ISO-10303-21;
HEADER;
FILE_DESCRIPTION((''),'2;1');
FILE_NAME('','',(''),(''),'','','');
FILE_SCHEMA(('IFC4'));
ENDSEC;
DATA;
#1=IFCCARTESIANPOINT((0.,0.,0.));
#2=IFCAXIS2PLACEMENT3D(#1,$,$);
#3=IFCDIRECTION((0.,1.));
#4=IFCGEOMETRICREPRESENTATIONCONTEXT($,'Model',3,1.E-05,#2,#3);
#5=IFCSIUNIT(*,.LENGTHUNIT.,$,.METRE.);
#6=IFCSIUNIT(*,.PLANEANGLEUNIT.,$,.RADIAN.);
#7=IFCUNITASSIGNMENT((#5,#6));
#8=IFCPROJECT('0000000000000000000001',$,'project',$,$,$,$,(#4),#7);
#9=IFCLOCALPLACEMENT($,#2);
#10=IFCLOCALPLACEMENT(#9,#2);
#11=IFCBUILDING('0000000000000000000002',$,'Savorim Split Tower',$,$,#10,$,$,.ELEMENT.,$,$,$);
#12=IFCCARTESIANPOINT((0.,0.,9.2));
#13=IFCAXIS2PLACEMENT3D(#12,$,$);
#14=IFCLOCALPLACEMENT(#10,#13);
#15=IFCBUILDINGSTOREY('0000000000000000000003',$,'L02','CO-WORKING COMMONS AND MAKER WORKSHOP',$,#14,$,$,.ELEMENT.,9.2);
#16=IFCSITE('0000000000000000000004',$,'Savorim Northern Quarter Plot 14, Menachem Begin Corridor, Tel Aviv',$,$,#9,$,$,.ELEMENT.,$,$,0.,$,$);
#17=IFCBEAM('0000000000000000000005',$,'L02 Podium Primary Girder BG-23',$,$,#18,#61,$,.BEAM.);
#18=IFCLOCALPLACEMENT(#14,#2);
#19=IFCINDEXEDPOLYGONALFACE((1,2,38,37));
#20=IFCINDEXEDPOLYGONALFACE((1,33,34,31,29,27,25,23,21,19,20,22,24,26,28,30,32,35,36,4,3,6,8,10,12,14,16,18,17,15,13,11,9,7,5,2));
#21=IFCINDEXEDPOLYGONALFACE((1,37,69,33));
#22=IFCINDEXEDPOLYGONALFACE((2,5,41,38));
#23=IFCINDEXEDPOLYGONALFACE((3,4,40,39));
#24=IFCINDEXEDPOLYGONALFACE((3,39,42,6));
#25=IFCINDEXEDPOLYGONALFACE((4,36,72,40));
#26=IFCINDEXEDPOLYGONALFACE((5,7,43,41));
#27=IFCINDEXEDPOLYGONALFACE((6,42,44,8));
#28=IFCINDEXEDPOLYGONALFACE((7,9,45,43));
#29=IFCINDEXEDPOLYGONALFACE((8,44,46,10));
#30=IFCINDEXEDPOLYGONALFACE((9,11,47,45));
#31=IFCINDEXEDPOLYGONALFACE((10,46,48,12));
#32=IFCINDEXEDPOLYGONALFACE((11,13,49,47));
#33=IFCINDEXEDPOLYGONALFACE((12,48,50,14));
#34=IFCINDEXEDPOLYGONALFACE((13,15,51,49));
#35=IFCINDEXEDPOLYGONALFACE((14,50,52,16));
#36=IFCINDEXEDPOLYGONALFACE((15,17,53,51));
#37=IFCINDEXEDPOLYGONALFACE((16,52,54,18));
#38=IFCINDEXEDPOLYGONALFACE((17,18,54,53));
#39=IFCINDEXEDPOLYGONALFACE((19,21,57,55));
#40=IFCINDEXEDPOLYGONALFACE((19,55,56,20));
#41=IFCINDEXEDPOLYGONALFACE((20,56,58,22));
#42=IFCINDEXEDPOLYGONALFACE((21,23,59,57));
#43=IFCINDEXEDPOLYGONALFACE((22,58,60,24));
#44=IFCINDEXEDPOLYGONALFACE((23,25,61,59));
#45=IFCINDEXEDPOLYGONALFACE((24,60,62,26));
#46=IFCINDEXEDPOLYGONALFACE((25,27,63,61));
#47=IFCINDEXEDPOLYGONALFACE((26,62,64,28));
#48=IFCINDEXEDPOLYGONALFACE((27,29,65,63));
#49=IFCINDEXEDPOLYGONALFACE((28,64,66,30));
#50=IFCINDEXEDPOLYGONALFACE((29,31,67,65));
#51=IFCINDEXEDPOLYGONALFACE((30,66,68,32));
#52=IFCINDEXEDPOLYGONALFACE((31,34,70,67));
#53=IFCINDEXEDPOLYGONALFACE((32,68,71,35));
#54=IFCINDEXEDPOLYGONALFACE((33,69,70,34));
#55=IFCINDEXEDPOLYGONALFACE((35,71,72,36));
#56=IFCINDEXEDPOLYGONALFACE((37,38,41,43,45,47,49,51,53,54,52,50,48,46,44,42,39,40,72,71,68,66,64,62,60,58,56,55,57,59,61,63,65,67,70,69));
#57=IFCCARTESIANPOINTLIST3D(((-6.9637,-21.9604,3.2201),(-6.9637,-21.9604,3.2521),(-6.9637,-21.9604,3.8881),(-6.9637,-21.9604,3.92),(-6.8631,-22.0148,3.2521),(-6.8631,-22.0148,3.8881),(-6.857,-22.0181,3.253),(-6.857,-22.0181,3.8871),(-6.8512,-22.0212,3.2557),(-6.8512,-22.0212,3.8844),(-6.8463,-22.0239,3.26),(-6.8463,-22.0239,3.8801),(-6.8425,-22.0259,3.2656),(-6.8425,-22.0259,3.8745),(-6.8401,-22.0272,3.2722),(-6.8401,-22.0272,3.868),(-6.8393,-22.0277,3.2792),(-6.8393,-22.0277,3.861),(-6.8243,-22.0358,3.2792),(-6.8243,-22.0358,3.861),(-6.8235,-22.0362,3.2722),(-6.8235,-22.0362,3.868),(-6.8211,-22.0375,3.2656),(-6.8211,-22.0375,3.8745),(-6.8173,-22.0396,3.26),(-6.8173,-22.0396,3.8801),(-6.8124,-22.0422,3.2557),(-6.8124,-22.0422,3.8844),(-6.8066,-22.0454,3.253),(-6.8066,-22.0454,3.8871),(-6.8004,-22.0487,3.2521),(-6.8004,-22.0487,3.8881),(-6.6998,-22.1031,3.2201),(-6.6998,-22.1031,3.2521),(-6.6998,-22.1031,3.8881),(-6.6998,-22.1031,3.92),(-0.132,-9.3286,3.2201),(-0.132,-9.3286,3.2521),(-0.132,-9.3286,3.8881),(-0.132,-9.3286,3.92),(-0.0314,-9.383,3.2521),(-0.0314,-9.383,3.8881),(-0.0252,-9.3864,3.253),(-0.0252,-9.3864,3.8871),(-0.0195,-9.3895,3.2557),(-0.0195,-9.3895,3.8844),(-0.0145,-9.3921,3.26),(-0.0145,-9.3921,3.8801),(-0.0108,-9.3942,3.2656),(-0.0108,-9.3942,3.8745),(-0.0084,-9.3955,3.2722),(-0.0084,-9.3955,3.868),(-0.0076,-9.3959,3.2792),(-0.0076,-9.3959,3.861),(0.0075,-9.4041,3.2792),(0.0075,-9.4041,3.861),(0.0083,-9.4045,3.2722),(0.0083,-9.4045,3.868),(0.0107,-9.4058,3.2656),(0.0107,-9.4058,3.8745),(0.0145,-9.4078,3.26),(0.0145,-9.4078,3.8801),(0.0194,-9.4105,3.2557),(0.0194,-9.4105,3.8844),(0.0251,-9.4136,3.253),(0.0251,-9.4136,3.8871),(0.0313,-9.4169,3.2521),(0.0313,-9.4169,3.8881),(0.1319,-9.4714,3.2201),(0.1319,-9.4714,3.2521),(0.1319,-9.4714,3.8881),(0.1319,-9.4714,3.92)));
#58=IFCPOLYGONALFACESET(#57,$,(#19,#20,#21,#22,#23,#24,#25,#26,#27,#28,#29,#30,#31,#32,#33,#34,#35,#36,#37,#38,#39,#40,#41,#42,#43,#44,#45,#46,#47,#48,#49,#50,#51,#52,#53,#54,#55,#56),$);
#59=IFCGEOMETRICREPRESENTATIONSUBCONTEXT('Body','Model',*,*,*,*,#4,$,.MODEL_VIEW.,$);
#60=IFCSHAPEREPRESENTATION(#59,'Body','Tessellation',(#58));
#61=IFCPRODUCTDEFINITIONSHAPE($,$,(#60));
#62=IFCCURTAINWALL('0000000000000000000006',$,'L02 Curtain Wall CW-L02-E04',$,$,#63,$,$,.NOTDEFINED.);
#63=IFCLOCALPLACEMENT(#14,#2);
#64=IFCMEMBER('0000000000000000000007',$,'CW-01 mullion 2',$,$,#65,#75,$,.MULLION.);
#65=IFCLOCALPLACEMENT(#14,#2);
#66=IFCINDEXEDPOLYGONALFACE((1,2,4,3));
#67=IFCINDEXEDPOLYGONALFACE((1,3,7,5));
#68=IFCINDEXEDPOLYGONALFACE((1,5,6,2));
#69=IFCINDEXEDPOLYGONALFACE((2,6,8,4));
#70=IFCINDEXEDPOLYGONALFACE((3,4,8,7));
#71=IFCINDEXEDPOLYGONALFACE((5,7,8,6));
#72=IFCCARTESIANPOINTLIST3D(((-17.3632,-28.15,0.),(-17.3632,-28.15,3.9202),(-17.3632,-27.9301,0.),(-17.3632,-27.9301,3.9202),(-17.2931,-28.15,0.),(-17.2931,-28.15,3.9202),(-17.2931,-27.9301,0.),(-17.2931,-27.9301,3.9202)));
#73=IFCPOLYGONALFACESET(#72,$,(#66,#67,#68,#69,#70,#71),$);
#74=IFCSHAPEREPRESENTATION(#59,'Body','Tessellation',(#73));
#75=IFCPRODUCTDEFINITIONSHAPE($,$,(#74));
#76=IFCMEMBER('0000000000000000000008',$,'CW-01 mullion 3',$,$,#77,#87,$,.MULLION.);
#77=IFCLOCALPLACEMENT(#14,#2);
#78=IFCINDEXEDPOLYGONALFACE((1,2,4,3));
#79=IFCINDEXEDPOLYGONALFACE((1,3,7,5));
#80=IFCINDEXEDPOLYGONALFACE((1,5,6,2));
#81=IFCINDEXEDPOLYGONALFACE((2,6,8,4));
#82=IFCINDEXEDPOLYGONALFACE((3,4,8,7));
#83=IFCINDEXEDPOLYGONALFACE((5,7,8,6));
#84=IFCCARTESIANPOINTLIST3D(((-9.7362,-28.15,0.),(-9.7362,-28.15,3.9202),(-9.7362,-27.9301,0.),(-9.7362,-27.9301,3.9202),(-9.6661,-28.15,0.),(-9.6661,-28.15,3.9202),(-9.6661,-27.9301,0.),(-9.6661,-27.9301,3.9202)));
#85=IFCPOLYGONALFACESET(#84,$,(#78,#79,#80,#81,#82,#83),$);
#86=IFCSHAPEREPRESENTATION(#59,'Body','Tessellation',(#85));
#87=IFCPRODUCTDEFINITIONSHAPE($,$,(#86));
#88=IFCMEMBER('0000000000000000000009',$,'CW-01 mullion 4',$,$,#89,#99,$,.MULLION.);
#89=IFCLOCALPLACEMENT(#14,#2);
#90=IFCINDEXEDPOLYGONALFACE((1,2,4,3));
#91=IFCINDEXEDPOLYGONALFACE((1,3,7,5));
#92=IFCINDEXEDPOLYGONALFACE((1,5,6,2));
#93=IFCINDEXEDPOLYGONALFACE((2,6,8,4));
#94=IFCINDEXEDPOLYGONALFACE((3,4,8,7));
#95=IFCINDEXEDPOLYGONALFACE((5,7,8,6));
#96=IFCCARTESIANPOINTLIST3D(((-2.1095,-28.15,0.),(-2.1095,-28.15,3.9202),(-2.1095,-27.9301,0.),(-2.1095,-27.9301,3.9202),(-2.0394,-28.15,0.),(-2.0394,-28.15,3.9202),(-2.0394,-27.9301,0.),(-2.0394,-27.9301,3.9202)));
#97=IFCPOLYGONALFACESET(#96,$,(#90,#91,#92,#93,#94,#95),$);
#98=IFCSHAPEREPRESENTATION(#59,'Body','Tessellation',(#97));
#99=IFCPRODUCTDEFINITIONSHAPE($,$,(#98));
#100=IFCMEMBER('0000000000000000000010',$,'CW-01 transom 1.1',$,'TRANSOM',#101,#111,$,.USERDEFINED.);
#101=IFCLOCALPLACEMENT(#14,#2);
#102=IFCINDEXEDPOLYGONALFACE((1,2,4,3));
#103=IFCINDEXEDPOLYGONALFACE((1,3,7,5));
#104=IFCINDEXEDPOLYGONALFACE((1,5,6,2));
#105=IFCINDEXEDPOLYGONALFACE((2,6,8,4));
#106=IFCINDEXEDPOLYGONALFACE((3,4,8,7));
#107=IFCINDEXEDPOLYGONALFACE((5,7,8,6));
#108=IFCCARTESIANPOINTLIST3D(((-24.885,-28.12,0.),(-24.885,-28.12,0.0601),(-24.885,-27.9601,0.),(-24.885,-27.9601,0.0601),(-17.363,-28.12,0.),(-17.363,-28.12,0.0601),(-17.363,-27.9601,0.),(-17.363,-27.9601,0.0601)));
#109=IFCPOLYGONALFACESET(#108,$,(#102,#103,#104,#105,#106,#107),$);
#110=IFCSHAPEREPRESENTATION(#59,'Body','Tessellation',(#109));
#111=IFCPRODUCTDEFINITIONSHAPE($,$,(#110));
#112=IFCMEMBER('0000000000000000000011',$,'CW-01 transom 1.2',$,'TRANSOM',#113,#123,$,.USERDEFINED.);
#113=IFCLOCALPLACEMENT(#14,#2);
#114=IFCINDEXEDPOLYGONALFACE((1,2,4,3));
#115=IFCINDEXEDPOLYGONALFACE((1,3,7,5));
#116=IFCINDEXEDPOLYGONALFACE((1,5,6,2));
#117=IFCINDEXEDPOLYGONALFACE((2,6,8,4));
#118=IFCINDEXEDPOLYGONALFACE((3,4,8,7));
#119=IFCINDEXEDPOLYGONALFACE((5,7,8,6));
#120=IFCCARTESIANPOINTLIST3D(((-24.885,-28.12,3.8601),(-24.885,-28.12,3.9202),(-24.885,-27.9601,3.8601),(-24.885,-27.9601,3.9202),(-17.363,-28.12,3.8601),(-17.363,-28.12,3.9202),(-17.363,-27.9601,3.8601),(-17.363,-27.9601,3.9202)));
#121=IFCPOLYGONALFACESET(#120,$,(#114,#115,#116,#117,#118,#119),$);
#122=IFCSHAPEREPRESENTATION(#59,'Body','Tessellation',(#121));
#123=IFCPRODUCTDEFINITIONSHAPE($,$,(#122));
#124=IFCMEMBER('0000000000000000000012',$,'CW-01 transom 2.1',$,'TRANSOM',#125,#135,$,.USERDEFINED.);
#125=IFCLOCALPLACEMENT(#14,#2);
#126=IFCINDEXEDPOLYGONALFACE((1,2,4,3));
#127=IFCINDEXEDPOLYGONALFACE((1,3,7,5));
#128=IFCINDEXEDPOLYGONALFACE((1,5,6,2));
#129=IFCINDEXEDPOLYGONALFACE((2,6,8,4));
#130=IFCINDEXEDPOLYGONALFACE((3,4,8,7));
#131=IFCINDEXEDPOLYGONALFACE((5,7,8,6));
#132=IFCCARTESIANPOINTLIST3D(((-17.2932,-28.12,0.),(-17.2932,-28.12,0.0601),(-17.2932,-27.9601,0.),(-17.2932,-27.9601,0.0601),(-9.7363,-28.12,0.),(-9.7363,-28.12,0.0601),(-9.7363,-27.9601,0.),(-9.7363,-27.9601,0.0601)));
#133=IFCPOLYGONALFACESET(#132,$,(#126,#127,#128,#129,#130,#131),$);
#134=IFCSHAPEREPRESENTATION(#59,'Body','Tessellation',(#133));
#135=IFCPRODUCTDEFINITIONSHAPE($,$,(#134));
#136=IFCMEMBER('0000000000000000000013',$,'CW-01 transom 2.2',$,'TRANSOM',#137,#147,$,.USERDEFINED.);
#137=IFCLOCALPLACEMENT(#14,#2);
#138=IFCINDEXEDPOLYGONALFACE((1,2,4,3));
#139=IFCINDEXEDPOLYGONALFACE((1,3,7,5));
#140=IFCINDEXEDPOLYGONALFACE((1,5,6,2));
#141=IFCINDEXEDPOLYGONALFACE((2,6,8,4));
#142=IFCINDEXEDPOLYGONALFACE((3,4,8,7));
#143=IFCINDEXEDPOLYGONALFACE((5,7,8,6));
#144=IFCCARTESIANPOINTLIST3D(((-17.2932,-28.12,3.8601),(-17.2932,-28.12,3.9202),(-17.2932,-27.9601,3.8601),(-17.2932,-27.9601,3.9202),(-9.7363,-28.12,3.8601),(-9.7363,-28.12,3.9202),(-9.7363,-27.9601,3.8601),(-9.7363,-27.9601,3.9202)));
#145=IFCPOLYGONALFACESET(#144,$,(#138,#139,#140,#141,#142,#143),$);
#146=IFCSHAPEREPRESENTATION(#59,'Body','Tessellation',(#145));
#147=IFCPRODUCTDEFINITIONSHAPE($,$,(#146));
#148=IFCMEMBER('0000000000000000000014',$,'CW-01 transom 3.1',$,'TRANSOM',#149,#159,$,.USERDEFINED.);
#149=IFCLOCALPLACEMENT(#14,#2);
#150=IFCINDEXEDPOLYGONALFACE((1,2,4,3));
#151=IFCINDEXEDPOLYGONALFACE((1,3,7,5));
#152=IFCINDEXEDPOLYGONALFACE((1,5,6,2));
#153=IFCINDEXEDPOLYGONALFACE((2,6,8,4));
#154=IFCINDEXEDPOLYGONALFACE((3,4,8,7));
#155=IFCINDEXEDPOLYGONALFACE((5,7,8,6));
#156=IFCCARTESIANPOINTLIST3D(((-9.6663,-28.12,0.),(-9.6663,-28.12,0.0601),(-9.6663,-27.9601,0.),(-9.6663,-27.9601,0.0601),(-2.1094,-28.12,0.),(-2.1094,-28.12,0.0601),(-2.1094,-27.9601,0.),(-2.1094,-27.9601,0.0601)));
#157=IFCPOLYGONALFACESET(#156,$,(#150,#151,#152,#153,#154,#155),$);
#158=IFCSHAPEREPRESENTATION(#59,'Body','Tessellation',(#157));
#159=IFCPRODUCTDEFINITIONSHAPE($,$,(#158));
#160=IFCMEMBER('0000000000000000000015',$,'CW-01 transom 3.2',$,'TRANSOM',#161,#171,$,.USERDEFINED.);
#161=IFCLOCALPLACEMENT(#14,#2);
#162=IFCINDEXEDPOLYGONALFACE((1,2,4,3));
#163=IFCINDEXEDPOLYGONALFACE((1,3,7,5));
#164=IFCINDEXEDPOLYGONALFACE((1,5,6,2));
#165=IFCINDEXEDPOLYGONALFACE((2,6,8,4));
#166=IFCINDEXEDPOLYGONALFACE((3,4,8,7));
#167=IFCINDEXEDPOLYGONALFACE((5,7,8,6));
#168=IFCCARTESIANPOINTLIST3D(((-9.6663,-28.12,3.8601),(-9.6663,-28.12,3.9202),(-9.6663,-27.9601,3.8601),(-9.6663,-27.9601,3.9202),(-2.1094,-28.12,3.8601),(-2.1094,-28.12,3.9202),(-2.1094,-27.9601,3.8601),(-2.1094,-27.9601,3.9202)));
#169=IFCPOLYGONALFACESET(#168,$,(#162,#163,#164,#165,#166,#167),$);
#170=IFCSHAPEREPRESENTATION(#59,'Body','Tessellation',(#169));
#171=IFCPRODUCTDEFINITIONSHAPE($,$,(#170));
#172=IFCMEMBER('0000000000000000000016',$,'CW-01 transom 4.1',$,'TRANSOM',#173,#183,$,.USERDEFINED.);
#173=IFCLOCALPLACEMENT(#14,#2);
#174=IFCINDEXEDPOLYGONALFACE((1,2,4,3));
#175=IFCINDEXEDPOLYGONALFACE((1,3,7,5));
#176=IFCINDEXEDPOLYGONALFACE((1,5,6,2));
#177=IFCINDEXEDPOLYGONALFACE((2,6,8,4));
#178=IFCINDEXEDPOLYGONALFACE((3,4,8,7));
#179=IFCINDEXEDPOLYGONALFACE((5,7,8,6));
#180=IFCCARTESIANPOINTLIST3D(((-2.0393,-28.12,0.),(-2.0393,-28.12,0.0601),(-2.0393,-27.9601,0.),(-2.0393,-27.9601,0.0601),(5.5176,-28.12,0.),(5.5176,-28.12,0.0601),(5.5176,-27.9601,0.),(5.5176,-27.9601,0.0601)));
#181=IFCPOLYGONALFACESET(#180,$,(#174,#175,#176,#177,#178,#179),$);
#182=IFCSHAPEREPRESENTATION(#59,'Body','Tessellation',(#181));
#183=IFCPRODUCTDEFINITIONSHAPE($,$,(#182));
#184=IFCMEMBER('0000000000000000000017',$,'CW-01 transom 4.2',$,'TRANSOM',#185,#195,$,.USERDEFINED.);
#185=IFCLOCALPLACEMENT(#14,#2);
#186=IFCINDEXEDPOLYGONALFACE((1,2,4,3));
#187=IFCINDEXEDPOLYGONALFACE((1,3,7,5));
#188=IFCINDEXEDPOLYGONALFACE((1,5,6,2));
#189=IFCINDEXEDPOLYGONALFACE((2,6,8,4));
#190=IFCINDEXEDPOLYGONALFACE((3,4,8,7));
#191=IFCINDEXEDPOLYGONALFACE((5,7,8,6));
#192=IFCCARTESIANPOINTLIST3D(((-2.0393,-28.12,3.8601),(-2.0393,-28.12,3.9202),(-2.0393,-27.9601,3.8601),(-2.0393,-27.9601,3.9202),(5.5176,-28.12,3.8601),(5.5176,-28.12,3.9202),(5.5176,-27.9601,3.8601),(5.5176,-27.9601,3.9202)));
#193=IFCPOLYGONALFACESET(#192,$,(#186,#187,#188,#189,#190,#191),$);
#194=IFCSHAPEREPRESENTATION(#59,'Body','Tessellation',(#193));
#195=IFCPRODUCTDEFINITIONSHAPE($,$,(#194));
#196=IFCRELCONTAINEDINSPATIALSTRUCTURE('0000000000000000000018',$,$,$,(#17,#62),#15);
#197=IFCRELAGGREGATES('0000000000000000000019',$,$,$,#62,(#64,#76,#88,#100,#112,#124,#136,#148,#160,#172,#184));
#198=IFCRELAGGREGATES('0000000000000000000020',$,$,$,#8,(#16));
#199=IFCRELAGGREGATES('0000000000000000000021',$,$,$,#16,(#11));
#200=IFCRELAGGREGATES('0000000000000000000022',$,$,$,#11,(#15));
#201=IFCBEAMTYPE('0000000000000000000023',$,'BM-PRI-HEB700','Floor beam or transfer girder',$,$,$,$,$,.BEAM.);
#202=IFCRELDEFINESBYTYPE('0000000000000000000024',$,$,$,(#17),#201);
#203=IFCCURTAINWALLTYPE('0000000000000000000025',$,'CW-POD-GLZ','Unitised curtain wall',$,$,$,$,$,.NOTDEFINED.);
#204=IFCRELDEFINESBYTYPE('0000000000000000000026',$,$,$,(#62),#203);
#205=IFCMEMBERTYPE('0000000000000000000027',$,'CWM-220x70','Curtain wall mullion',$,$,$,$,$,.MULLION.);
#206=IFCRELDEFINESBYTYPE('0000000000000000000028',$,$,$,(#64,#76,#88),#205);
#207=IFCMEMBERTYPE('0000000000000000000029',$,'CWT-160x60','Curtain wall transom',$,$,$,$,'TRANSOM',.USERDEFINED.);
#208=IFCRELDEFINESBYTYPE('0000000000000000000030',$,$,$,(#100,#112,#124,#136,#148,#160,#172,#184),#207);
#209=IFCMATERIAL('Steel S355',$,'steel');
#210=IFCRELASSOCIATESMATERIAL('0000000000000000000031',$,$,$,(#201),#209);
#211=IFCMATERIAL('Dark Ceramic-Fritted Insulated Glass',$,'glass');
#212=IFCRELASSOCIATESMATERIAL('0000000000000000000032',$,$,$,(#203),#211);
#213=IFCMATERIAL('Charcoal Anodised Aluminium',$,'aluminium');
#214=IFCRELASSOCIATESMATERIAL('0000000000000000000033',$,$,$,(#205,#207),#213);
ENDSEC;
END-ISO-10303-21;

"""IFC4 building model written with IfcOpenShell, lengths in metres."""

from ifc_helpers import new_model, si_unit, direction, frame, origin, origin_2d, place, context, subcontext, project, spatial, rectangle, i_section, extrude, material, material_profile, profile_set, type_object, element, aggregate, save


model = new_model("IFC4")

# Units and contexts
model_context = context("Model", 3, precision=1e-05, world=origin(), true_north=direction((0.0, 1.0)))
body_context = subcontext(model_context, "Body", "Model", "MODEL_VIEW")
ifc_project = project(units=[si_unit("LENGTHUNIT", "METRE"), si_unit("PLANEANGLEUNIT", "RADIAN")], contexts=[model_context])

# Site, building, storey
site_placement = place(None, origin())
site = spatial("IfcSite", under=ifc_project, at=site_placement, Name="Savorim Northern Quarter Plot 14, Menachem Begin Corridor, Tel Aviv", CompositionType="ELEMENT", RefElevation=0.0)
building_placement = place(site_placement, origin())
building = spatial("IfcBuilding", under=site, at=building_placement, Name="Savorim Split Tower", CompositionType="ELEMENT")
storey_placement = place(building_placement, frame((0.0, 0.0, 9.2)))
storey = spatial("IfcBuildingStorey", under=building, at=storey_placement, Name="L02", Description="CO-WORKING COMMONS AND MAKER WORKSHOP", CompositionType="ELEMENT", Elevation=9.2)

# Beam
ifc_material_1 = material(Name="Steel S355", Category="steel")
ifc_material_profile_1 = material_profile(ifc_material_1, i_section(OverallWidth=0.3, OverallDepth=0.7, WebThickness=0.0171, FlangeThickness=0.032, FilletRadius=0.0271, at=origin_2d()), Name="HEB 700")
ifc_profile_set_1 = profile_set([ifc_material_profile_1], Name="Steel S355")
beam_type = type_object("IfcBeamType", Name="BM-PRI-HEB700", Description="Floor beam or transfer girder", PredefinedType="BEAM", material=ifc_profile_set_1)
beam_1_placement = place(storey_placement, frame((-6.8318, -22.0317, 3.5701), z_axis=(0.47572, 0.879597, 0.0), x_axis=(-0.879597, 0.47572, 0.0)))
element("IfcBeam", 1, at=beam_1_placement, inside=storey, type_object=beam_type, Name="L02 Podium Primary Girder BG-23", PredefinedType="BEAM", context=body_context, shape_type="SweptSolid", body=[
    extrude(i_section(OverallWidth=0.3, OverallDepth=0.7, WebThickness=0.0171, FlangeThickness=0.032, FilletRadius=0.0271, at=origin_2d()), origin(), (0.0, 0.0, 1.0), 14.3608),
])

# Curtain wall, members
ifc_material_2 = material(Name="Dark Ceramic-Fritted Insulated Glass", Category="glass")
curtain_wall_type = type_object("IfcCurtainWallType", Name="CW-POD-GLZ", Description="Unitised curtain wall", PredefinedType="NOTDEFINED", material=ifc_material_2)
curtain_wall_placement = place(storey_placement, origin())
curtain_wall = element("IfcCurtainWall", 2, at=curtain_wall_placement, inside=storey, type_object=curtain_wall_type, Name="L02 Curtain Wall CW-L02-E04", PredefinedType="NOTDEFINED")
ifc_material_3 = material(Name="Charcoal Anodised Aluminium", Category="aluminium")
ifc_material_profile_2 = material_profile(ifc_material_3, rectangle(XDim=0.22, YDim=0.0701, at=origin_2d()), Name="ALU-M 220x70")
ifc_profile_set_2 = profile_set([ifc_material_profile_2], Name="Charcoal Anodised Aluminium")
member_type_1 = type_object("IfcMemberType", Name="CWM-220x70", Description="Curtain wall mullion", PredefinedType="MULLION", material=ifc_profile_set_2)
member_1_placement = place(storey_placement, frame((-17.3281, -28.04, 0.0), z_axis=(0.0, 0.0, 1.0), x_axis=(0.0, 1.0, 0.0)))
member_1 = element("IfcMember", 3, at=member_1_placement, type_object=member_type_1, Name="CW-01 mullion 2", PredefinedType="MULLION", context=body_context, shape_type="SweptSolid", body=[
    extrude(rectangle(XDim=0.22, YDim=0.0701, at=origin_2d()), origin(), (0.0, 0.0, 1.0), 3.9202),
])
member_2_placement = place(storey_placement, frame((-9.7012, -28.04, 0.0), z_axis=(0.0, 0.0, 1.0), x_axis=(0.0, 1.0, 0.0)))
member_2 = element("IfcMember", 4, at=member_2_placement, type_object=member_type_1, Name="CW-01 mullion 3", PredefinedType="MULLION", context=body_context, shape_type="SweptSolid", body=[
    extrude(rectangle(XDim=0.22, YDim=0.0701, at=origin_2d()), origin(), (0.0, 0.0, 1.0), 3.9202),
])
member_3_placement = place(storey_placement, frame((-2.0745, -28.04, 0.0), z_axis=(0.0, 0.0, 1.0), x_axis=(0.0, 1.0, 0.0)))
member_3 = element("IfcMember", 5, at=member_3_placement, type_object=member_type_1, Name="CW-01 mullion 4", PredefinedType="MULLION", context=body_context, shape_type="SweptSolid", body=[
    extrude(rectangle(XDim=0.22, YDim=0.0701, at=origin_2d()), origin(), (0.0, 0.0, 1.0), 3.9202),
])
ifc_material_profile_3 = material_profile(ifc_material_3, rectangle(XDim=0.1599, YDim=0.0601, at=origin_2d()), Name="ALU-T 160x60")
ifc_profile_set_3 = profile_set([ifc_material_profile_3], Name="Charcoal Anodised Aluminium")
member_type_2 = type_object("IfcMemberType", Name="CWT-160x60", Description="Curtain wall transom", ElementType="TRANSOM", PredefinedType="USERDEFINED", material=ifc_profile_set_3)
member_4_placement = place(storey_placement, frame((-24.885, -28.04, 0.03), z_axis=(1.0, 0.0, 0.0), x_axis=(0.0, 1.0, 0.0)))
member_4 = element("IfcMember", 6, at=member_4_placement, type_object=member_type_2, Name="CW-01 transom 1.1", ObjectType="TRANSOM", PredefinedType="USERDEFINED", context=body_context, shape_type="SweptSolid", body=[
    extrude(rectangle(XDim=0.1599, YDim=0.0601, at=origin_2d()), origin(), (0.0, 0.0, 1.0), 7.522),
])
member_5_placement = place(storey_placement, frame((-24.885, -28.04, 3.8901), z_axis=(1.0, 0.0, 0.0), x_axis=(0.0, 1.0, 0.0)))
member_5 = element("IfcMember", 7, at=member_5_placement, type_object=member_type_2, Name="CW-01 transom 1.2", ObjectType="TRANSOM", PredefinedType="USERDEFINED", context=body_context, shape_type="SweptSolid", body=[
    extrude(rectangle(XDim=0.1599, YDim=0.0601, at=origin_2d()), origin(), (0.0, 0.0, 1.0), 7.522),
])
member_6_placement = place(storey_placement, frame((-17.2932, -28.04, 0.03), z_axis=(1.0, 0.0, 0.0), x_axis=(0.0, 1.0, 0.0)))
member_6 = element("IfcMember", 8, at=member_6_placement, type_object=member_type_2, Name="CW-01 transom 2.1", ObjectType="TRANSOM", PredefinedType="USERDEFINED", context=body_context, shape_type="SweptSolid", body=[
    extrude(rectangle(XDim=0.1599, YDim=0.0601, at=origin_2d()), origin(), (0.0, 0.0, 1.0), 7.5569),
])
member_7_placement = place(storey_placement, frame((-17.2932, -28.04, 3.8901), z_axis=(1.0, 0.0, 0.0), x_axis=(0.0, 1.0, 0.0)))
member_7 = element("IfcMember", 9, at=member_7_placement, type_object=member_type_2, Name="CW-01 transom 2.2", ObjectType="TRANSOM", PredefinedType="USERDEFINED", context=body_context, shape_type="SweptSolid", body=[
    extrude(rectangle(XDim=0.1599, YDim=0.0601, at=origin_2d()), origin(), (0.0, 0.0, 1.0), 7.5569),
])
member_8_placement = place(storey_placement, frame((-9.6663, -28.04, 0.03), z_axis=(1.0, 0.0, 0.0), x_axis=(0.0, 1.0, 0.0)))
member_8 = element("IfcMember", 10, at=member_8_placement, type_object=member_type_2, Name="CW-01 transom 3.1", ObjectType="TRANSOM", PredefinedType="USERDEFINED", context=body_context, shape_type="SweptSolid", body=[
    extrude(rectangle(XDim=0.1599, YDim=0.0601, at=origin_2d()), origin(), (0.0, 0.0, 1.0), 7.5569),
])
member_9_placement = place(storey_placement, frame((-9.6663, -28.04, 3.8901), z_axis=(1.0, 0.0, 0.0), x_axis=(0.0, 1.0, 0.0)))
member_9 = element("IfcMember", 11, at=member_9_placement, type_object=member_type_2, Name="CW-01 transom 3.2", ObjectType="TRANSOM", PredefinedType="USERDEFINED", context=body_context, shape_type="SweptSolid", body=[
    extrude(rectangle(XDim=0.1599, YDim=0.0601, at=origin_2d()), origin(), (0.0, 0.0, 1.0), 7.5569),
])
member_10_placement = place(storey_placement, frame((-2.0393, -28.04, 0.03), z_axis=(1.0, 0.0, 0.0), x_axis=(0.0, 1.0, 0.0)))
member_10 = element("IfcMember", 12, at=member_10_placement, type_object=member_type_2, Name="CW-01 transom 4.1", ObjectType="TRANSOM", PredefinedType="USERDEFINED", context=body_context, shape_type="SweptSolid", body=[
    extrude(rectangle(XDim=0.1599, YDim=0.0601, at=origin_2d()), origin(), (0.0, 0.0, 1.0), 7.5569),
])
member_11_placement = place(storey_placement, frame((-2.0393, -28.04, 3.8901), z_axis=(1.0, 0.0, 0.0), x_axis=(0.0, 1.0, 0.0)))
member_11 = element("IfcMember", 13, at=member_11_placement, type_object=member_type_2, Name="CW-01 transom 4.2", ObjectType="TRANSOM", PredefinedType="USERDEFINED", context=body_context, shape_type="SweptSolid", body=[
    extrude(rectangle(XDim=0.1599, YDim=0.0601, at=origin_2d()), origin(), (0.0, 0.0, 1.0), 7.5569),
])
aggregate(curtain_wall, [member_1, member_2, member_3, member_4, member_5, member_6, member_7, member_8, member_9, member_10, member_11])

save(model, "model.ifc")
